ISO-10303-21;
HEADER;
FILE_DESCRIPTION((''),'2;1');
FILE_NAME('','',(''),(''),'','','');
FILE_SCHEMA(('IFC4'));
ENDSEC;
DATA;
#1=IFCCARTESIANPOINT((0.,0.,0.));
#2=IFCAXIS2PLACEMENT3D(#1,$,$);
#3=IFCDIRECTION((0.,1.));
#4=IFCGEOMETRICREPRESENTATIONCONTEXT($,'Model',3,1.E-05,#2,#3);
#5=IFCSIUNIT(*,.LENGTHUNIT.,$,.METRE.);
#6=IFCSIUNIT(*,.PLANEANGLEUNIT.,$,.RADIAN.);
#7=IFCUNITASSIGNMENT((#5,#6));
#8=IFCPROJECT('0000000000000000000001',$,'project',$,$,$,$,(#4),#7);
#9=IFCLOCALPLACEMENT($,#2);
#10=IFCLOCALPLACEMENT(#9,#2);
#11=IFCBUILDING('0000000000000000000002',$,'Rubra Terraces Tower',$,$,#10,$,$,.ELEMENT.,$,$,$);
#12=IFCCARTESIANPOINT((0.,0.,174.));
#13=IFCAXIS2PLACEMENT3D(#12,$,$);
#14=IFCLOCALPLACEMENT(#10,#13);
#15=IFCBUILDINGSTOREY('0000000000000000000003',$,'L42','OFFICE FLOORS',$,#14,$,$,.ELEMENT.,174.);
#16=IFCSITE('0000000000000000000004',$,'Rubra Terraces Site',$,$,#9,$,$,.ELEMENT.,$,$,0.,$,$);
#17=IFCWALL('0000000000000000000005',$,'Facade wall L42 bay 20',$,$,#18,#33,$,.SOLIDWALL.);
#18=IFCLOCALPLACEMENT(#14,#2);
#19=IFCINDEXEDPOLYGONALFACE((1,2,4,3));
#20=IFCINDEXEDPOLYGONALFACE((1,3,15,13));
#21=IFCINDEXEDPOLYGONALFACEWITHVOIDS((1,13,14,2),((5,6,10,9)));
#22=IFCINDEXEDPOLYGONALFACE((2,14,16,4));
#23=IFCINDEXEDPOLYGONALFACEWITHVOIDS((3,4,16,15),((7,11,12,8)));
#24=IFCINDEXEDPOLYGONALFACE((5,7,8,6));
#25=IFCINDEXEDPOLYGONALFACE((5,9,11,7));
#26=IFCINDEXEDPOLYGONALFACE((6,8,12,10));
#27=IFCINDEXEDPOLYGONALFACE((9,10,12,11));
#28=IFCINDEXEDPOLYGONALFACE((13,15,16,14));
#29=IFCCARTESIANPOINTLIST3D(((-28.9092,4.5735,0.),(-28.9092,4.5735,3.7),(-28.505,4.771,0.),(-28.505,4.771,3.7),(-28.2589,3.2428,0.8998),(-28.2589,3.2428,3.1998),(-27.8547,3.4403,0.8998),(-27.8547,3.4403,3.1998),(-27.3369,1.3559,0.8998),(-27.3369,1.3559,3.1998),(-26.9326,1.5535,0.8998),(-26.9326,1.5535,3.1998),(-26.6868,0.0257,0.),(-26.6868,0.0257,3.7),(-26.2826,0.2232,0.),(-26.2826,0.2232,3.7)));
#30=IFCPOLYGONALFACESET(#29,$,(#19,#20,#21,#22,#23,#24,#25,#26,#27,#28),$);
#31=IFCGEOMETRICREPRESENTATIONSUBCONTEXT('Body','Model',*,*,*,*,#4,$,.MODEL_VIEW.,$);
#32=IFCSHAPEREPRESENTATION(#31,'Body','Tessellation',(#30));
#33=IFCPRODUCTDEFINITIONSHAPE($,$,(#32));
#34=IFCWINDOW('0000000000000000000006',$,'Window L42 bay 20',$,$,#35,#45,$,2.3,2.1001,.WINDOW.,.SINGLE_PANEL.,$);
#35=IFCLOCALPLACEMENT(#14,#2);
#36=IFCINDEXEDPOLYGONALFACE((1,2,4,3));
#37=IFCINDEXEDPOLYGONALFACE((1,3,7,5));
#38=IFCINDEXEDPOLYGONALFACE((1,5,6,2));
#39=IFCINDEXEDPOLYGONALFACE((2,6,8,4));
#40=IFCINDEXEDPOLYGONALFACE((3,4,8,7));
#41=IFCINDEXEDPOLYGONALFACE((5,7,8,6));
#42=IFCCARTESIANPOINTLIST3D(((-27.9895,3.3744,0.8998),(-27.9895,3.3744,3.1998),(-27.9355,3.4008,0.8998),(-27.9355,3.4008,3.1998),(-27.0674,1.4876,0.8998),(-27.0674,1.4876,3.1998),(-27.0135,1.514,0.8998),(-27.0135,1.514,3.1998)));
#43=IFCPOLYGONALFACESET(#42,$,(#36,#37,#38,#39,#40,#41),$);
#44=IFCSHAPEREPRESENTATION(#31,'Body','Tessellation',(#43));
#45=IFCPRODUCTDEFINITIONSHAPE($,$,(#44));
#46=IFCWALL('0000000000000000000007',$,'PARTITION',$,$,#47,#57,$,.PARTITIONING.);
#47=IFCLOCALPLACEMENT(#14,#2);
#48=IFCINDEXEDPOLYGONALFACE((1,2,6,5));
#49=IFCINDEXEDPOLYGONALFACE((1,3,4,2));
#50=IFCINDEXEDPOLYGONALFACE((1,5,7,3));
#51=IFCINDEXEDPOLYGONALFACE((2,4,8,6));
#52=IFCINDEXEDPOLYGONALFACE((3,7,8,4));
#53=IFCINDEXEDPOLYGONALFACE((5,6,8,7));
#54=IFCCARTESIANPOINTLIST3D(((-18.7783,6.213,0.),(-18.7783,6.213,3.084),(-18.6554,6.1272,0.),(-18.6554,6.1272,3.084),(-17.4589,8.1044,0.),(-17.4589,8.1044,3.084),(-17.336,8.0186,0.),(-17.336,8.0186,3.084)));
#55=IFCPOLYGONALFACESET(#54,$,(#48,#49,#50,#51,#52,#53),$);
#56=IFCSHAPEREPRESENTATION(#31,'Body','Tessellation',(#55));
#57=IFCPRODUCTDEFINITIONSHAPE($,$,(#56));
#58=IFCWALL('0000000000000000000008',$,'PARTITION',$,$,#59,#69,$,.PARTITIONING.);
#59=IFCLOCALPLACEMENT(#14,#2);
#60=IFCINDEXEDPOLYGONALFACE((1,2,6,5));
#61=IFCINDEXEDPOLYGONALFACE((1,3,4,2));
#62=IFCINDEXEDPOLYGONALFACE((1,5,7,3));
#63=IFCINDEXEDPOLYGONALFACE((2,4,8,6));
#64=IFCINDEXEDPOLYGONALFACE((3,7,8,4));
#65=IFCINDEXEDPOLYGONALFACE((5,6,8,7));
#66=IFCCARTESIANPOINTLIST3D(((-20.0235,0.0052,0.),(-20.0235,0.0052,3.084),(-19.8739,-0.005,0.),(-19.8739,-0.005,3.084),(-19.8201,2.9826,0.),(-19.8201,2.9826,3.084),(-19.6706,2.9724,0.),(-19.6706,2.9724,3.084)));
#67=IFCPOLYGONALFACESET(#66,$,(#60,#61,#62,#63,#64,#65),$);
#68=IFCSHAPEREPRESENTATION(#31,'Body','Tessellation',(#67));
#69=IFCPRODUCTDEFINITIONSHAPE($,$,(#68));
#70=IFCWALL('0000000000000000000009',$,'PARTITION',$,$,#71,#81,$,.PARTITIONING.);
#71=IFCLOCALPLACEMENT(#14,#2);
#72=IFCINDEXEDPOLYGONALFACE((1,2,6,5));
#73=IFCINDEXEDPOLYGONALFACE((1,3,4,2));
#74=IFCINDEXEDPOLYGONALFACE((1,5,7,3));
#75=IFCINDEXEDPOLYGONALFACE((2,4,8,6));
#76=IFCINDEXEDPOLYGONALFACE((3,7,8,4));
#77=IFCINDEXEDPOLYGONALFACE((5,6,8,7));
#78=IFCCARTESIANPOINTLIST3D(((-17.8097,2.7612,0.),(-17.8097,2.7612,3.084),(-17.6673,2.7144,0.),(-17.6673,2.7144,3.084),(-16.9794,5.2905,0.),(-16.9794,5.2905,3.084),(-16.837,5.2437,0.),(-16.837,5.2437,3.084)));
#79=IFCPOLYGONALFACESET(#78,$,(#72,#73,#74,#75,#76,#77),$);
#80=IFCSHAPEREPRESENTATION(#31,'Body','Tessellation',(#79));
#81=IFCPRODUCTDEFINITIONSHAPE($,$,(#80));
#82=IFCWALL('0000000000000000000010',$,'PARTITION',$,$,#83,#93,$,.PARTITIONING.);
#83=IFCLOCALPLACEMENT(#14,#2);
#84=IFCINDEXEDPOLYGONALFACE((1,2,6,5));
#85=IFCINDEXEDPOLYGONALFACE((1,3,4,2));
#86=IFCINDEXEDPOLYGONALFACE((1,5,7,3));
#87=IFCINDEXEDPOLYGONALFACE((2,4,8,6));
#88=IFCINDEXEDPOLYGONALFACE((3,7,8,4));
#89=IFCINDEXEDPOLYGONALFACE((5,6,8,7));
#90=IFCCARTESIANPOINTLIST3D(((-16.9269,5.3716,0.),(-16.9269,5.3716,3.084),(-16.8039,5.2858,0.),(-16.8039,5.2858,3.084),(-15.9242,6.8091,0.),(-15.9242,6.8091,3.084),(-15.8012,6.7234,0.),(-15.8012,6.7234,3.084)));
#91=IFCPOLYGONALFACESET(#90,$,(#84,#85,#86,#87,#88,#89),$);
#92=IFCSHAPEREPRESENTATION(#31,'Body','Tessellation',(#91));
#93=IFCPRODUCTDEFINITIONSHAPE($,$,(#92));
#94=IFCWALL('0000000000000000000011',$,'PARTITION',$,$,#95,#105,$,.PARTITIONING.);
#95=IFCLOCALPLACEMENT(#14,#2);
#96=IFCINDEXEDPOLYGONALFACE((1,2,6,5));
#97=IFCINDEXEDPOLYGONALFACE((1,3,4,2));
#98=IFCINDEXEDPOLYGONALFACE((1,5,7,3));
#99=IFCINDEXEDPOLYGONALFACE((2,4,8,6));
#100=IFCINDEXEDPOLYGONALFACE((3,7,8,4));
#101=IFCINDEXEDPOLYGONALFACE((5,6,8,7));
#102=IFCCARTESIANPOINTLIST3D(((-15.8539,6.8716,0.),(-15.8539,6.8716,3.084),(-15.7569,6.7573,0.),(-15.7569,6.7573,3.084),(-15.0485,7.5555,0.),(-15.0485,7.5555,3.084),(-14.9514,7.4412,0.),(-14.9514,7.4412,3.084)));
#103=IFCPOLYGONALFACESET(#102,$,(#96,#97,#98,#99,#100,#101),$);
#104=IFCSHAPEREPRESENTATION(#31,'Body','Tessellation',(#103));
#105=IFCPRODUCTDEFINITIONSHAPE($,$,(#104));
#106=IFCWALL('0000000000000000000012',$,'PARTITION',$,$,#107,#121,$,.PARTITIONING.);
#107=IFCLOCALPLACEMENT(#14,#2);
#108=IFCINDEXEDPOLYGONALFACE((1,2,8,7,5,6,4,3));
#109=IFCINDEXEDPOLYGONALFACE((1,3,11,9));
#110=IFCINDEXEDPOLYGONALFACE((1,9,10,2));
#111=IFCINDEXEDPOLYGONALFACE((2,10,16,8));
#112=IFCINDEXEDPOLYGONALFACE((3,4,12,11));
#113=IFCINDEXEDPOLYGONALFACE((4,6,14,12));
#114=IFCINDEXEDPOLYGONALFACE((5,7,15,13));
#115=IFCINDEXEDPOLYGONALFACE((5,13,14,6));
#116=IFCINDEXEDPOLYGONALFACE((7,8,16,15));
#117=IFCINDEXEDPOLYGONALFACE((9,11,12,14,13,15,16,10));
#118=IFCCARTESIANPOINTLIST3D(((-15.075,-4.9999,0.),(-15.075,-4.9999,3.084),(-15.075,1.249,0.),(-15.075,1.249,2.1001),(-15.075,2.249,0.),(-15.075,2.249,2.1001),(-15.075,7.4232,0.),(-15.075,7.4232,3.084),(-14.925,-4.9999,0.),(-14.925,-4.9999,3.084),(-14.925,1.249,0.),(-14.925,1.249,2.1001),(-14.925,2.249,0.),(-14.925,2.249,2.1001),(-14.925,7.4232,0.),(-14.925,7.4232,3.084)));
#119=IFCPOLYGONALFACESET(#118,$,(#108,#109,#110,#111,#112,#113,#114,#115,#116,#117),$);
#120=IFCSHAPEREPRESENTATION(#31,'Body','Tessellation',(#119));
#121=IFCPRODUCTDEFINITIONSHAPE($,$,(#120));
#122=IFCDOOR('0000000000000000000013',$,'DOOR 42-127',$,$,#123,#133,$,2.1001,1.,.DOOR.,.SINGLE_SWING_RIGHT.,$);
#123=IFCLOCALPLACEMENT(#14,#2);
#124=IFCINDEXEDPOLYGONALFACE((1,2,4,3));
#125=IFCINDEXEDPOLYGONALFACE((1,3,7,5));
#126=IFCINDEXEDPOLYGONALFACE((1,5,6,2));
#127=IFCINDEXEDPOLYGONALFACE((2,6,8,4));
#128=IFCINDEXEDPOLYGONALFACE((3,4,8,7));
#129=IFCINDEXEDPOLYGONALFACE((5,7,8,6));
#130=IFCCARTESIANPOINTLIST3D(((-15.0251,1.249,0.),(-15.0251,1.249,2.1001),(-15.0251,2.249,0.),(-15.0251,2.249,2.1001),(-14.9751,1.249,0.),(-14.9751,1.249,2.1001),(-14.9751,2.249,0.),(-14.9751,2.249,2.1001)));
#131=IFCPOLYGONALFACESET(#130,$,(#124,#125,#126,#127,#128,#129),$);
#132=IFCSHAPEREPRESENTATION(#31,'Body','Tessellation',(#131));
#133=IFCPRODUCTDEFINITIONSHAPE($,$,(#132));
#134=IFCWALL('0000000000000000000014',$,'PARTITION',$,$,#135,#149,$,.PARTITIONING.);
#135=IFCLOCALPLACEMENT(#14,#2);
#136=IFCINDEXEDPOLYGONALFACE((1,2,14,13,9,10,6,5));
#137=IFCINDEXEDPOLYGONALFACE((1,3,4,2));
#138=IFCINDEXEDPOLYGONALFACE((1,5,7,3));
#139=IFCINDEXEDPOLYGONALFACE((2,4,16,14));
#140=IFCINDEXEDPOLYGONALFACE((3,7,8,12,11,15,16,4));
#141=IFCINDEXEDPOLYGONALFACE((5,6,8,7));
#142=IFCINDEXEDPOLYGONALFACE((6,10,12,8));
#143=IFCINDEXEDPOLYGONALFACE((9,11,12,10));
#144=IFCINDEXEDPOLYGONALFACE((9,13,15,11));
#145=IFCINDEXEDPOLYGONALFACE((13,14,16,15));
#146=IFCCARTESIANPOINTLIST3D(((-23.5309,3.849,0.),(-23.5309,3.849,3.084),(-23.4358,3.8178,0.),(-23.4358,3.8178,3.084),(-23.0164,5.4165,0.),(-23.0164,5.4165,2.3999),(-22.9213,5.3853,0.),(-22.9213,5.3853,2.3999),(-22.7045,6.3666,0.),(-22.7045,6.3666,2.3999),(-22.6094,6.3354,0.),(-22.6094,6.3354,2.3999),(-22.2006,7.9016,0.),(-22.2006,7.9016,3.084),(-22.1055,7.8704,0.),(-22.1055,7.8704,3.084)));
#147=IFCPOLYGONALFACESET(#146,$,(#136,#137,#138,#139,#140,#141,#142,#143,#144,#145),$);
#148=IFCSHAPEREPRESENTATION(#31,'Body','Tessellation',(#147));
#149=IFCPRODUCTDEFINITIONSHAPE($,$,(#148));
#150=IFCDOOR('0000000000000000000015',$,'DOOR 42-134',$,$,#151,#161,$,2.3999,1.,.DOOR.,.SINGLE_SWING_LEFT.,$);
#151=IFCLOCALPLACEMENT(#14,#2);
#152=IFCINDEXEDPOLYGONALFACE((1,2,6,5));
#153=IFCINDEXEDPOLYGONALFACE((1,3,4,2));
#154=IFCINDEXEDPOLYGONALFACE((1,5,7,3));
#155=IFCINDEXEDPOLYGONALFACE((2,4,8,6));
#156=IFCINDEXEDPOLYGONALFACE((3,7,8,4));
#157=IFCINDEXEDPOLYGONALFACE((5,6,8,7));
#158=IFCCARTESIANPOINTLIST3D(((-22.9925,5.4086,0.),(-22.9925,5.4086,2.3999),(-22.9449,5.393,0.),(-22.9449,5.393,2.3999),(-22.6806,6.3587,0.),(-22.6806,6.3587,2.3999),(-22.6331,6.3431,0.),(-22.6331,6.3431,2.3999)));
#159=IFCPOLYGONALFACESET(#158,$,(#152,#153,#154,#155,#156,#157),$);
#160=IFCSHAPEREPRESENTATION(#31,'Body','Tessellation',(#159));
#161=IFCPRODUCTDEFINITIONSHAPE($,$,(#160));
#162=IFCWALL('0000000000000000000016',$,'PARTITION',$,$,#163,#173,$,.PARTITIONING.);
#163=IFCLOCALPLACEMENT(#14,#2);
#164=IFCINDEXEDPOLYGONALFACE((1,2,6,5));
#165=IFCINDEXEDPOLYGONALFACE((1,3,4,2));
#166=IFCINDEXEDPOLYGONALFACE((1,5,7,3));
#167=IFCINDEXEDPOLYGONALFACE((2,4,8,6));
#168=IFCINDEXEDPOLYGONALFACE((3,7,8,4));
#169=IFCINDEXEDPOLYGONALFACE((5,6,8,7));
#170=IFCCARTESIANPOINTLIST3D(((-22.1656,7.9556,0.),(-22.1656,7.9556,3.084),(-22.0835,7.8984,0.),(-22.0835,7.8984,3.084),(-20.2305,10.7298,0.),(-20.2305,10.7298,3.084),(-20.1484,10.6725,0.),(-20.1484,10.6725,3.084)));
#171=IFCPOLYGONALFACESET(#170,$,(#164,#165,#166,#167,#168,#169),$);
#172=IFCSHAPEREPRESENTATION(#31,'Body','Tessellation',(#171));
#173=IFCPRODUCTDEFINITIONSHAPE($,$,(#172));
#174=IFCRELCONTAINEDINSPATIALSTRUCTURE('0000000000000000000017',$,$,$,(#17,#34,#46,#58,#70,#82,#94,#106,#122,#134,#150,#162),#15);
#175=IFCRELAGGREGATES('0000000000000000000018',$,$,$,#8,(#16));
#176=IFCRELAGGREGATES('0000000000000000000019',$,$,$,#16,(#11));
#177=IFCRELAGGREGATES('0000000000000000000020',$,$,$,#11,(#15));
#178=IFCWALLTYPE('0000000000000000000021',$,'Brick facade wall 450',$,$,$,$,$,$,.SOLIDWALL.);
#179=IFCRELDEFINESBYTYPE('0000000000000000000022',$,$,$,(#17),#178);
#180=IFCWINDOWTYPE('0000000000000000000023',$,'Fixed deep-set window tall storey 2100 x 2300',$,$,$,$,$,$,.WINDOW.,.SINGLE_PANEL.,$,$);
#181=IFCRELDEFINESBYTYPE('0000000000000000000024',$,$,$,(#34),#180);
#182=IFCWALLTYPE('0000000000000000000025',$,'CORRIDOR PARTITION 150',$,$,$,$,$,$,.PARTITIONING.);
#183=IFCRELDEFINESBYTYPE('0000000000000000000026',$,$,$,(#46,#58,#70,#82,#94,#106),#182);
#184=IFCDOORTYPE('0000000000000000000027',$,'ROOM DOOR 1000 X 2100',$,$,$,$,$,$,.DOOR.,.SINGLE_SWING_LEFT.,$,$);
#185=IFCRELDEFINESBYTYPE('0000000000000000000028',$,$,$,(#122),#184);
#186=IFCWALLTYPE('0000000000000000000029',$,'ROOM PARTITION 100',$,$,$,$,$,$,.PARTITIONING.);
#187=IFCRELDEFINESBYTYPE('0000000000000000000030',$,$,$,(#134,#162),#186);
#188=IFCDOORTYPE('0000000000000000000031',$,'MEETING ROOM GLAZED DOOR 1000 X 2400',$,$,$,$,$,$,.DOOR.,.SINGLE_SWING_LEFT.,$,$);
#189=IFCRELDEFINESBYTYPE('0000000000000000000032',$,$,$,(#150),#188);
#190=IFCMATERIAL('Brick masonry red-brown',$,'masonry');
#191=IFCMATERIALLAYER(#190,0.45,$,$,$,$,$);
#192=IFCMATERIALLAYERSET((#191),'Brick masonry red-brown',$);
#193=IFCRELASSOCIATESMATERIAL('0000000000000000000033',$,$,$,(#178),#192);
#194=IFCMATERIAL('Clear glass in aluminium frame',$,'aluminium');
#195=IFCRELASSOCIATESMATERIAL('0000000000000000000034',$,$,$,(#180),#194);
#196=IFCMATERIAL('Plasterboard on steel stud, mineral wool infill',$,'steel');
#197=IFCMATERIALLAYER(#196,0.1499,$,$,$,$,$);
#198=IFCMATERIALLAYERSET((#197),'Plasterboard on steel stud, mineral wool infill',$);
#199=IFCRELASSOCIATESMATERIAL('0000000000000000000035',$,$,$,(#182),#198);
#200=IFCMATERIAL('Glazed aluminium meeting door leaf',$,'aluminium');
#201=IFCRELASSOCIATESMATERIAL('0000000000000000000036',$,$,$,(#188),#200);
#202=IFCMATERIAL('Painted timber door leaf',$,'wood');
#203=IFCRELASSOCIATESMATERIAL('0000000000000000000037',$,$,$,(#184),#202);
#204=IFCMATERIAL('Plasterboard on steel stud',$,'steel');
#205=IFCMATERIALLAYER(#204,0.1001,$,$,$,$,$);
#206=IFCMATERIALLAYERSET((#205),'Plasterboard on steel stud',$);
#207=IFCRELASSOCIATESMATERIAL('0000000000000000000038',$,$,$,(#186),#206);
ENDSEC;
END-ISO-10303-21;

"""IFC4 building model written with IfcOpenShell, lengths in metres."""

from ifc_helpers import new_model, si_unit, direction, frame, frame_2d, origin, place, context, subcontext, project, spatial, rectangle, extrude, material, layer, layer_set, type_object, element, fill, save


model = new_model("IFC4")

# Units and contexts
model_context = context("Model", 3, precision=1e-05, world=origin(), true_north=direction((0.0, 1.0)))
body_context = subcontext(model_context, "Body", "Model", "MODEL_VIEW")
ifc_project = project(units=[si_unit("LENGTHUNIT", "METRE"), si_unit("PLANEANGLEUNIT", "RADIAN")], contexts=[model_context])

# Site, building, storey
site_placement = place(None, origin())
site = spatial("IfcSite", under=ifc_project, at=site_placement, Name="Rubra Terraces Site", CompositionType="ELEMENT", RefElevation=0.0)
building_placement = place(site_placement, origin())
building = spatial("IfcBuilding", under=site, at=building_placement, Name="Rubra Terraces Tower", CompositionType="ELEMENT")
storey_placement = place(building_placement, frame((0.0, 0.0, 174.0)))
storey = spatial("IfcBuildingStorey", under=building, at=storey_placement, Name="L42", Description="OFFICE FLOORS", CompositionType="ELEMENT", Elevation=174.0)

# Wall, opening, window
ifc_material_1 = material(Name="Brick masonry red-brown", Category="masonry")
ifc_layer_1 = layer(ifc_material_1, 0.45)
ifc_layer_set_1 = layer_set([ifc_layer_1], Name="Brick masonry red-brown")
wall_type_1 = type_object("IfcWallType", Name="Brick facade wall 450", PredefinedType="SOLIDWALL", material=ifc_layer_set_1)
wall_1_placement = place(storey_placement, frame((-28.707, 4.6721, 0.0), z_axis=(0.0, 0.0, 1.0), x_axis=(0.439054, -0.898461, 0.0)))
wall_1 = element("IfcWall", 1, at=wall_1_placement, inside=storey, type_object=wall_type_1, Name="Facade wall L42 bay 20", PredefinedType="SOLIDWALL", context=body_context, shape_type="SweptSolid", body=[
    extrude(rectangle(XDim=5.0618, YDim=0.45, at=frame_2d((2.5308, 0.0))), origin(), (0.0, 0.0, 1.0), 3.7),
])
opening_1_placement = place(wall_1_placement, frame((1.481, 0.0, 0.8999)))
opening_1 = element("IfcOpeningElement", 2, at=opening_1_placement, cuts=wall_1, PredefinedType="OPENING", context=body_context, shape_type="SweptSolid", body=[
    extrude(rectangle(XDim=2.1001, YDim=2.3, at=frame_2d((1.05, 1.1499))), frame((0.0, 0.2349, 0.0), z_axis=(0.0, -1.0, 0.0), x_axis=(1.0, 0.0, 0.0)), (0.0, 0.0, 1.0), 0.47),
])
ifc_material_2 = material(Name="Clear glass in aluminium frame", Category="aluminium")
window_type = type_object("IfcWindowType", Name="Fixed deep-set window tall storey 2100 x 2300", PartitioningType="SINGLE_PANEL", PredefinedType="WINDOW", material=ifc_material_2)
window_placement = place(opening_1_placement, origin())
window = element("IfcWindow", 3, at=window_placement, inside=storey, type_object=window_type, Name="Window L42 bay 20", OverallHeight=2.3, OverallWidth=2.1001, PartitioningType="SINGLE_PANEL", PredefinedType="WINDOW", context=body_context, shape_type="SweptSolid", body=[
    extrude(rectangle(XDim=2.1001, YDim=2.3, at=frame_2d((1.05, 1.1499))), frame((0.0, 0.135, 0.0), z_axis=(0.0, -1.0, 0.0), x_axis=(1.0, 0.0, 0.0)), (0.0, 0.0, 1.0), 0.0601),
])
fill(opening_1, window)

# Wall
ifc_material_3 = material(Name="Plasterboard on steel stud, mineral wool infill", Category="steel")
ifc_layer_2 = layer(ifc_material_3, 0.1499)
ifc_layer_set_2 = layer_set([ifc_layer_2], Name="Plasterboard on steel stud, mineral wool infill")
wall_type_2 = type_object("IfcWallType", Name="CORRIDOR PARTITION 150", PredefinedType="PARTITIONING", material=ifc_layer_set_2)
wall_2_placement = place(storey_placement, frame((-17.3975, 8.0615, 0.0), z_axis=(0.0, 0.0, 1.0), x_axis=(-0.572119, -0.820171, 0.0)))
element("IfcWall", 4, at=wall_2_placement, inside=storey, type_object=wall_type_2, Name="PARTITION", PredefinedType="PARTITIONING", context=body_context, shape_type="SweptSolid", body=[
    extrude(rectangle(XDim=2.3062, YDim=0.1499, at=frame_2d((1.1531, 0.0))), origin(), (0.0, 0.0, 1.0), 3.084),
])

# Shared definitions
ifc_material_4 = material(Name="Glazed aluminium meeting door leaf", Category="aluminium")
door_type_1 = type_object("IfcDoorType", Name="MEETING ROOM GLAZED DOOR 1000 X 2400", OperationType="SINGLE_SWING_LEFT", PredefinedType="DOOR", material=ifc_material_4)

# Walls
wall_3_placement = place(storey_placement, frame((-19.7454, 2.9775, 0.0), z_axis=(0.0, 0.0, 1.0), x_axis=(-0.068142, -0.997676, 0.0)))
element("IfcWall", 5, at=wall_3_placement, inside=storey, type_object=wall_type_2, Name="PARTITION", PredefinedType="PARTITIONING", context=body_context, shape_type="SweptSolid", body=[
    extrude(rectangle(XDim=2.9844, YDim=0.1499, at=frame_2d((1.4922, 0.0))), origin(), (0.0, 0.0, 1.0), 3.084),
])
wall_4_placement = place(storey_placement, frame((-17.7385, 2.7378, 0.0), z_axis=(0.0, 0.0, 1.0), x_axis=(0.311905, 0.950113, 0.0)))
element("IfcWall", 6, at=wall_4_placement, inside=storey, type_object=wall_type_2, Name="PARTITION", PredefinedType="PARTITIONING", context=body_context, shape_type="SweptSolid", body=[
    extrude(rectangle(XDim=2.6621, YDim=0.1499, at=frame_2d((1.3311, 0.0))), origin(), (0.0, 0.0, 1.0), 3.084),
])
wall_5_placement = place(storey_placement, frame((-16.8655, 5.3286, 0.0), z_axis=(0.0, 0.0, 1.0), x_axis=(0.572097, 0.820186, 0.0)))
element("IfcWall", 7, at=wall_5_placement, inside=storey, type_object=wall_type_2, Name="PARTITION", PredefinedType="PARTITIONING", context=body_context, shape_type="SweptSolid", body=[
    extrude(rectangle(XDim=1.7527, YDim=0.1499, at=frame_2d((0.8765, 0.0))), origin(), (0.0, 0.0, 1.0), 3.084),
])
wall_6_placement = place(storey_placement, frame((-15.8054, 6.8145, 0.0), z_axis=(0.0, 0.0, 1.0), x_axis=(0.762298, 0.647226, 0.0)))
element("IfcWall", 8, at=wall_6_placement, inside=storey, type_object=wall_type_2, Name="PARTITION", PredefinedType="PARTITIONING", context=body_context, shape_type="SweptSolid", body=[
    extrude(rectangle(XDim=1.0566, YDim=0.1499, at=frame_2d((0.5283, 0.0))), origin(), (0.0, 0.0, 1.0), 3.084),
])

# Walls, openings, doors
wall_7_placement = place(storey_placement, frame((-15.0, 7.4231, 0.0), z_axis=(0.0, 0.0, 1.0), x_axis=(0.0, -1.0, 0.0)))
wall_7 = element("IfcWall", 9, at=wall_7_placement, inside=storey, type_object=wall_type_2, Name="PARTITION", PredefinedType="PARTITIONING", context=body_context, shape_type="SweptSolid", body=[
    extrude(rectangle(XDim=12.4231, YDim=0.1499, at=frame_2d((6.2114, 0.0))), origin(), (0.0, 0.0, 1.0), 3.084),
])
opening_2_placement = place(wall_7_placement, frame((5.1741, 0.0, 0.0)))
opening_2 = element("IfcOpeningElement", 10, at=opening_2_placement, cuts=wall_7, PredefinedType="OPENING", context=body_context, shape_type="SweptSolid", body=[
    extrude(rectangle(XDim=1.0, YDim=2.1001, at=frame_2d((0.5, 1.05))), frame((0.0, 0.085, 0.0), z_axis=(0.0, -1.0, 0.0), x_axis=(1.0, 0.0, 0.0)), (0.0, 0.0, 1.0), 0.1699),
])
ifc_material_5 = material(Name="Painted timber door leaf", Category="wood")
door_type_2 = type_object("IfcDoorType", Name="ROOM DOOR 1000 X 2100", OperationType="SINGLE_SWING_LEFT", PredefinedType="DOOR", material=ifc_material_5)
door_1_placement = place(opening_2_placement, origin())
door_1 = element("IfcDoor", 11, at=door_1_placement, inside=storey, type_object=door_type_2, Name="DOOR 42-127", OperationType="SINGLE_SWING_RIGHT", OverallHeight=2.1001, OverallWidth=1.0, PredefinedType="DOOR", context=body_context, shape_type="SweptSolid", body=[
    extrude(rectangle(XDim=1.0, YDim=2.1001, at=frame_2d((0.5, 1.05))), frame((0.0, 0.0249, 0.0), z_axis=(0.0, -1.0, 0.0), x_axis=(1.0, 0.0, 0.0)), (0.0, 0.0, 1.0), 0.05),
])
fill(opening_2, door_1)
ifc_material_6 = material(Name="Plasterboard on steel stud", Category="steel")
ifc_layer_3 = layer(ifc_material_6, 0.1001)
ifc_layer_set_3 = layer_set([ifc_layer_3], Name="Plasterboard on steel stud")
wall_type_3 = type_object("IfcWallType", Name="ROOM PARTITION 100", PredefinedType="PARTITIONING", material=ifc_layer_set_3)
wall_8_placement = place(storey_placement, frame((-23.4834, 3.8333, 0.0), z_axis=(0.0, 0.0, 1.0), x_axis=(0.31188, 0.950121, 0.0)))
wall_8 = element("IfcWall", 12, at=wall_8_placement, inside=storey, type_object=wall_type_3, Name="PARTITION", PredefinedType="PARTITIONING", context=body_context, shape_type="SweptSolid", body=[
    extrude(rectangle(XDim=4.2654, YDim=0.1001, at=frame_2d((2.1328, 0.0))), origin(), (0.0, 0.0, 1.0), 3.084),
])
opening_3_placement = place(wall_8_placement, frame((1.6499, 0.0, 0.0)))
opening_3 = element("IfcOpeningElement", 13, at=opening_3_placement, cuts=wall_8, PredefinedType="OPENING", context=body_context, shape_type="SweptSolid", body=[
    extrude(rectangle(XDim=1.0, YDim=2.3999, at=frame_2d((0.5, 1.2))), frame((0.0, 0.0601, 0.0), z_axis=(0.0, -1.0, 0.0), x_axis=(1.0, 0.0, 0.0)), (0.0, 0.0, 1.0), 0.1201),
])
door_2_placement = place(opening_3_placement, origin())
door_2 = element("IfcDoor", 14, at=door_2_placement, inside=storey, type_object=door_type_1, Name="DOOR 42-134", OperationType="SINGLE_SWING_LEFT", OverallHeight=2.3999, OverallWidth=1.0, PredefinedType="DOOR", context=body_context, shape_type="SweptSolid", body=[
    extrude(rectangle(XDim=1.0, YDim=2.3999, at=frame_2d((0.5, 1.2))), frame((0.0, 0.0249, 0.0), z_axis=(0.0, -1.0, 0.0), x_axis=(1.0, 0.0, 0.0)), (0.0, 0.0, 1.0), 0.05),
])
fill(opening_3, door_2)

# Wall
wall_9_placement = place(storey_placement, frame((-22.1245, 7.927, 0.0), z_axis=(0.0, 0.0, 1.0), x_axis=(0.5721, 0.820184, 0.0)))
element("IfcWall", 15, at=wall_9_placement, inside=storey, type_object=wall_type_3, Name="PARTITION", PredefinedType="PARTITIONING", context=body_context, shape_type="SweptSolid", body=[
    extrude(rectangle(XDim=3.3823, YDim=0.1001, at=frame_2d((1.6912, 0.0))), origin(), (0.0, 0.0, 1.0), 3.084),
])

save(model, "model.ifc")
